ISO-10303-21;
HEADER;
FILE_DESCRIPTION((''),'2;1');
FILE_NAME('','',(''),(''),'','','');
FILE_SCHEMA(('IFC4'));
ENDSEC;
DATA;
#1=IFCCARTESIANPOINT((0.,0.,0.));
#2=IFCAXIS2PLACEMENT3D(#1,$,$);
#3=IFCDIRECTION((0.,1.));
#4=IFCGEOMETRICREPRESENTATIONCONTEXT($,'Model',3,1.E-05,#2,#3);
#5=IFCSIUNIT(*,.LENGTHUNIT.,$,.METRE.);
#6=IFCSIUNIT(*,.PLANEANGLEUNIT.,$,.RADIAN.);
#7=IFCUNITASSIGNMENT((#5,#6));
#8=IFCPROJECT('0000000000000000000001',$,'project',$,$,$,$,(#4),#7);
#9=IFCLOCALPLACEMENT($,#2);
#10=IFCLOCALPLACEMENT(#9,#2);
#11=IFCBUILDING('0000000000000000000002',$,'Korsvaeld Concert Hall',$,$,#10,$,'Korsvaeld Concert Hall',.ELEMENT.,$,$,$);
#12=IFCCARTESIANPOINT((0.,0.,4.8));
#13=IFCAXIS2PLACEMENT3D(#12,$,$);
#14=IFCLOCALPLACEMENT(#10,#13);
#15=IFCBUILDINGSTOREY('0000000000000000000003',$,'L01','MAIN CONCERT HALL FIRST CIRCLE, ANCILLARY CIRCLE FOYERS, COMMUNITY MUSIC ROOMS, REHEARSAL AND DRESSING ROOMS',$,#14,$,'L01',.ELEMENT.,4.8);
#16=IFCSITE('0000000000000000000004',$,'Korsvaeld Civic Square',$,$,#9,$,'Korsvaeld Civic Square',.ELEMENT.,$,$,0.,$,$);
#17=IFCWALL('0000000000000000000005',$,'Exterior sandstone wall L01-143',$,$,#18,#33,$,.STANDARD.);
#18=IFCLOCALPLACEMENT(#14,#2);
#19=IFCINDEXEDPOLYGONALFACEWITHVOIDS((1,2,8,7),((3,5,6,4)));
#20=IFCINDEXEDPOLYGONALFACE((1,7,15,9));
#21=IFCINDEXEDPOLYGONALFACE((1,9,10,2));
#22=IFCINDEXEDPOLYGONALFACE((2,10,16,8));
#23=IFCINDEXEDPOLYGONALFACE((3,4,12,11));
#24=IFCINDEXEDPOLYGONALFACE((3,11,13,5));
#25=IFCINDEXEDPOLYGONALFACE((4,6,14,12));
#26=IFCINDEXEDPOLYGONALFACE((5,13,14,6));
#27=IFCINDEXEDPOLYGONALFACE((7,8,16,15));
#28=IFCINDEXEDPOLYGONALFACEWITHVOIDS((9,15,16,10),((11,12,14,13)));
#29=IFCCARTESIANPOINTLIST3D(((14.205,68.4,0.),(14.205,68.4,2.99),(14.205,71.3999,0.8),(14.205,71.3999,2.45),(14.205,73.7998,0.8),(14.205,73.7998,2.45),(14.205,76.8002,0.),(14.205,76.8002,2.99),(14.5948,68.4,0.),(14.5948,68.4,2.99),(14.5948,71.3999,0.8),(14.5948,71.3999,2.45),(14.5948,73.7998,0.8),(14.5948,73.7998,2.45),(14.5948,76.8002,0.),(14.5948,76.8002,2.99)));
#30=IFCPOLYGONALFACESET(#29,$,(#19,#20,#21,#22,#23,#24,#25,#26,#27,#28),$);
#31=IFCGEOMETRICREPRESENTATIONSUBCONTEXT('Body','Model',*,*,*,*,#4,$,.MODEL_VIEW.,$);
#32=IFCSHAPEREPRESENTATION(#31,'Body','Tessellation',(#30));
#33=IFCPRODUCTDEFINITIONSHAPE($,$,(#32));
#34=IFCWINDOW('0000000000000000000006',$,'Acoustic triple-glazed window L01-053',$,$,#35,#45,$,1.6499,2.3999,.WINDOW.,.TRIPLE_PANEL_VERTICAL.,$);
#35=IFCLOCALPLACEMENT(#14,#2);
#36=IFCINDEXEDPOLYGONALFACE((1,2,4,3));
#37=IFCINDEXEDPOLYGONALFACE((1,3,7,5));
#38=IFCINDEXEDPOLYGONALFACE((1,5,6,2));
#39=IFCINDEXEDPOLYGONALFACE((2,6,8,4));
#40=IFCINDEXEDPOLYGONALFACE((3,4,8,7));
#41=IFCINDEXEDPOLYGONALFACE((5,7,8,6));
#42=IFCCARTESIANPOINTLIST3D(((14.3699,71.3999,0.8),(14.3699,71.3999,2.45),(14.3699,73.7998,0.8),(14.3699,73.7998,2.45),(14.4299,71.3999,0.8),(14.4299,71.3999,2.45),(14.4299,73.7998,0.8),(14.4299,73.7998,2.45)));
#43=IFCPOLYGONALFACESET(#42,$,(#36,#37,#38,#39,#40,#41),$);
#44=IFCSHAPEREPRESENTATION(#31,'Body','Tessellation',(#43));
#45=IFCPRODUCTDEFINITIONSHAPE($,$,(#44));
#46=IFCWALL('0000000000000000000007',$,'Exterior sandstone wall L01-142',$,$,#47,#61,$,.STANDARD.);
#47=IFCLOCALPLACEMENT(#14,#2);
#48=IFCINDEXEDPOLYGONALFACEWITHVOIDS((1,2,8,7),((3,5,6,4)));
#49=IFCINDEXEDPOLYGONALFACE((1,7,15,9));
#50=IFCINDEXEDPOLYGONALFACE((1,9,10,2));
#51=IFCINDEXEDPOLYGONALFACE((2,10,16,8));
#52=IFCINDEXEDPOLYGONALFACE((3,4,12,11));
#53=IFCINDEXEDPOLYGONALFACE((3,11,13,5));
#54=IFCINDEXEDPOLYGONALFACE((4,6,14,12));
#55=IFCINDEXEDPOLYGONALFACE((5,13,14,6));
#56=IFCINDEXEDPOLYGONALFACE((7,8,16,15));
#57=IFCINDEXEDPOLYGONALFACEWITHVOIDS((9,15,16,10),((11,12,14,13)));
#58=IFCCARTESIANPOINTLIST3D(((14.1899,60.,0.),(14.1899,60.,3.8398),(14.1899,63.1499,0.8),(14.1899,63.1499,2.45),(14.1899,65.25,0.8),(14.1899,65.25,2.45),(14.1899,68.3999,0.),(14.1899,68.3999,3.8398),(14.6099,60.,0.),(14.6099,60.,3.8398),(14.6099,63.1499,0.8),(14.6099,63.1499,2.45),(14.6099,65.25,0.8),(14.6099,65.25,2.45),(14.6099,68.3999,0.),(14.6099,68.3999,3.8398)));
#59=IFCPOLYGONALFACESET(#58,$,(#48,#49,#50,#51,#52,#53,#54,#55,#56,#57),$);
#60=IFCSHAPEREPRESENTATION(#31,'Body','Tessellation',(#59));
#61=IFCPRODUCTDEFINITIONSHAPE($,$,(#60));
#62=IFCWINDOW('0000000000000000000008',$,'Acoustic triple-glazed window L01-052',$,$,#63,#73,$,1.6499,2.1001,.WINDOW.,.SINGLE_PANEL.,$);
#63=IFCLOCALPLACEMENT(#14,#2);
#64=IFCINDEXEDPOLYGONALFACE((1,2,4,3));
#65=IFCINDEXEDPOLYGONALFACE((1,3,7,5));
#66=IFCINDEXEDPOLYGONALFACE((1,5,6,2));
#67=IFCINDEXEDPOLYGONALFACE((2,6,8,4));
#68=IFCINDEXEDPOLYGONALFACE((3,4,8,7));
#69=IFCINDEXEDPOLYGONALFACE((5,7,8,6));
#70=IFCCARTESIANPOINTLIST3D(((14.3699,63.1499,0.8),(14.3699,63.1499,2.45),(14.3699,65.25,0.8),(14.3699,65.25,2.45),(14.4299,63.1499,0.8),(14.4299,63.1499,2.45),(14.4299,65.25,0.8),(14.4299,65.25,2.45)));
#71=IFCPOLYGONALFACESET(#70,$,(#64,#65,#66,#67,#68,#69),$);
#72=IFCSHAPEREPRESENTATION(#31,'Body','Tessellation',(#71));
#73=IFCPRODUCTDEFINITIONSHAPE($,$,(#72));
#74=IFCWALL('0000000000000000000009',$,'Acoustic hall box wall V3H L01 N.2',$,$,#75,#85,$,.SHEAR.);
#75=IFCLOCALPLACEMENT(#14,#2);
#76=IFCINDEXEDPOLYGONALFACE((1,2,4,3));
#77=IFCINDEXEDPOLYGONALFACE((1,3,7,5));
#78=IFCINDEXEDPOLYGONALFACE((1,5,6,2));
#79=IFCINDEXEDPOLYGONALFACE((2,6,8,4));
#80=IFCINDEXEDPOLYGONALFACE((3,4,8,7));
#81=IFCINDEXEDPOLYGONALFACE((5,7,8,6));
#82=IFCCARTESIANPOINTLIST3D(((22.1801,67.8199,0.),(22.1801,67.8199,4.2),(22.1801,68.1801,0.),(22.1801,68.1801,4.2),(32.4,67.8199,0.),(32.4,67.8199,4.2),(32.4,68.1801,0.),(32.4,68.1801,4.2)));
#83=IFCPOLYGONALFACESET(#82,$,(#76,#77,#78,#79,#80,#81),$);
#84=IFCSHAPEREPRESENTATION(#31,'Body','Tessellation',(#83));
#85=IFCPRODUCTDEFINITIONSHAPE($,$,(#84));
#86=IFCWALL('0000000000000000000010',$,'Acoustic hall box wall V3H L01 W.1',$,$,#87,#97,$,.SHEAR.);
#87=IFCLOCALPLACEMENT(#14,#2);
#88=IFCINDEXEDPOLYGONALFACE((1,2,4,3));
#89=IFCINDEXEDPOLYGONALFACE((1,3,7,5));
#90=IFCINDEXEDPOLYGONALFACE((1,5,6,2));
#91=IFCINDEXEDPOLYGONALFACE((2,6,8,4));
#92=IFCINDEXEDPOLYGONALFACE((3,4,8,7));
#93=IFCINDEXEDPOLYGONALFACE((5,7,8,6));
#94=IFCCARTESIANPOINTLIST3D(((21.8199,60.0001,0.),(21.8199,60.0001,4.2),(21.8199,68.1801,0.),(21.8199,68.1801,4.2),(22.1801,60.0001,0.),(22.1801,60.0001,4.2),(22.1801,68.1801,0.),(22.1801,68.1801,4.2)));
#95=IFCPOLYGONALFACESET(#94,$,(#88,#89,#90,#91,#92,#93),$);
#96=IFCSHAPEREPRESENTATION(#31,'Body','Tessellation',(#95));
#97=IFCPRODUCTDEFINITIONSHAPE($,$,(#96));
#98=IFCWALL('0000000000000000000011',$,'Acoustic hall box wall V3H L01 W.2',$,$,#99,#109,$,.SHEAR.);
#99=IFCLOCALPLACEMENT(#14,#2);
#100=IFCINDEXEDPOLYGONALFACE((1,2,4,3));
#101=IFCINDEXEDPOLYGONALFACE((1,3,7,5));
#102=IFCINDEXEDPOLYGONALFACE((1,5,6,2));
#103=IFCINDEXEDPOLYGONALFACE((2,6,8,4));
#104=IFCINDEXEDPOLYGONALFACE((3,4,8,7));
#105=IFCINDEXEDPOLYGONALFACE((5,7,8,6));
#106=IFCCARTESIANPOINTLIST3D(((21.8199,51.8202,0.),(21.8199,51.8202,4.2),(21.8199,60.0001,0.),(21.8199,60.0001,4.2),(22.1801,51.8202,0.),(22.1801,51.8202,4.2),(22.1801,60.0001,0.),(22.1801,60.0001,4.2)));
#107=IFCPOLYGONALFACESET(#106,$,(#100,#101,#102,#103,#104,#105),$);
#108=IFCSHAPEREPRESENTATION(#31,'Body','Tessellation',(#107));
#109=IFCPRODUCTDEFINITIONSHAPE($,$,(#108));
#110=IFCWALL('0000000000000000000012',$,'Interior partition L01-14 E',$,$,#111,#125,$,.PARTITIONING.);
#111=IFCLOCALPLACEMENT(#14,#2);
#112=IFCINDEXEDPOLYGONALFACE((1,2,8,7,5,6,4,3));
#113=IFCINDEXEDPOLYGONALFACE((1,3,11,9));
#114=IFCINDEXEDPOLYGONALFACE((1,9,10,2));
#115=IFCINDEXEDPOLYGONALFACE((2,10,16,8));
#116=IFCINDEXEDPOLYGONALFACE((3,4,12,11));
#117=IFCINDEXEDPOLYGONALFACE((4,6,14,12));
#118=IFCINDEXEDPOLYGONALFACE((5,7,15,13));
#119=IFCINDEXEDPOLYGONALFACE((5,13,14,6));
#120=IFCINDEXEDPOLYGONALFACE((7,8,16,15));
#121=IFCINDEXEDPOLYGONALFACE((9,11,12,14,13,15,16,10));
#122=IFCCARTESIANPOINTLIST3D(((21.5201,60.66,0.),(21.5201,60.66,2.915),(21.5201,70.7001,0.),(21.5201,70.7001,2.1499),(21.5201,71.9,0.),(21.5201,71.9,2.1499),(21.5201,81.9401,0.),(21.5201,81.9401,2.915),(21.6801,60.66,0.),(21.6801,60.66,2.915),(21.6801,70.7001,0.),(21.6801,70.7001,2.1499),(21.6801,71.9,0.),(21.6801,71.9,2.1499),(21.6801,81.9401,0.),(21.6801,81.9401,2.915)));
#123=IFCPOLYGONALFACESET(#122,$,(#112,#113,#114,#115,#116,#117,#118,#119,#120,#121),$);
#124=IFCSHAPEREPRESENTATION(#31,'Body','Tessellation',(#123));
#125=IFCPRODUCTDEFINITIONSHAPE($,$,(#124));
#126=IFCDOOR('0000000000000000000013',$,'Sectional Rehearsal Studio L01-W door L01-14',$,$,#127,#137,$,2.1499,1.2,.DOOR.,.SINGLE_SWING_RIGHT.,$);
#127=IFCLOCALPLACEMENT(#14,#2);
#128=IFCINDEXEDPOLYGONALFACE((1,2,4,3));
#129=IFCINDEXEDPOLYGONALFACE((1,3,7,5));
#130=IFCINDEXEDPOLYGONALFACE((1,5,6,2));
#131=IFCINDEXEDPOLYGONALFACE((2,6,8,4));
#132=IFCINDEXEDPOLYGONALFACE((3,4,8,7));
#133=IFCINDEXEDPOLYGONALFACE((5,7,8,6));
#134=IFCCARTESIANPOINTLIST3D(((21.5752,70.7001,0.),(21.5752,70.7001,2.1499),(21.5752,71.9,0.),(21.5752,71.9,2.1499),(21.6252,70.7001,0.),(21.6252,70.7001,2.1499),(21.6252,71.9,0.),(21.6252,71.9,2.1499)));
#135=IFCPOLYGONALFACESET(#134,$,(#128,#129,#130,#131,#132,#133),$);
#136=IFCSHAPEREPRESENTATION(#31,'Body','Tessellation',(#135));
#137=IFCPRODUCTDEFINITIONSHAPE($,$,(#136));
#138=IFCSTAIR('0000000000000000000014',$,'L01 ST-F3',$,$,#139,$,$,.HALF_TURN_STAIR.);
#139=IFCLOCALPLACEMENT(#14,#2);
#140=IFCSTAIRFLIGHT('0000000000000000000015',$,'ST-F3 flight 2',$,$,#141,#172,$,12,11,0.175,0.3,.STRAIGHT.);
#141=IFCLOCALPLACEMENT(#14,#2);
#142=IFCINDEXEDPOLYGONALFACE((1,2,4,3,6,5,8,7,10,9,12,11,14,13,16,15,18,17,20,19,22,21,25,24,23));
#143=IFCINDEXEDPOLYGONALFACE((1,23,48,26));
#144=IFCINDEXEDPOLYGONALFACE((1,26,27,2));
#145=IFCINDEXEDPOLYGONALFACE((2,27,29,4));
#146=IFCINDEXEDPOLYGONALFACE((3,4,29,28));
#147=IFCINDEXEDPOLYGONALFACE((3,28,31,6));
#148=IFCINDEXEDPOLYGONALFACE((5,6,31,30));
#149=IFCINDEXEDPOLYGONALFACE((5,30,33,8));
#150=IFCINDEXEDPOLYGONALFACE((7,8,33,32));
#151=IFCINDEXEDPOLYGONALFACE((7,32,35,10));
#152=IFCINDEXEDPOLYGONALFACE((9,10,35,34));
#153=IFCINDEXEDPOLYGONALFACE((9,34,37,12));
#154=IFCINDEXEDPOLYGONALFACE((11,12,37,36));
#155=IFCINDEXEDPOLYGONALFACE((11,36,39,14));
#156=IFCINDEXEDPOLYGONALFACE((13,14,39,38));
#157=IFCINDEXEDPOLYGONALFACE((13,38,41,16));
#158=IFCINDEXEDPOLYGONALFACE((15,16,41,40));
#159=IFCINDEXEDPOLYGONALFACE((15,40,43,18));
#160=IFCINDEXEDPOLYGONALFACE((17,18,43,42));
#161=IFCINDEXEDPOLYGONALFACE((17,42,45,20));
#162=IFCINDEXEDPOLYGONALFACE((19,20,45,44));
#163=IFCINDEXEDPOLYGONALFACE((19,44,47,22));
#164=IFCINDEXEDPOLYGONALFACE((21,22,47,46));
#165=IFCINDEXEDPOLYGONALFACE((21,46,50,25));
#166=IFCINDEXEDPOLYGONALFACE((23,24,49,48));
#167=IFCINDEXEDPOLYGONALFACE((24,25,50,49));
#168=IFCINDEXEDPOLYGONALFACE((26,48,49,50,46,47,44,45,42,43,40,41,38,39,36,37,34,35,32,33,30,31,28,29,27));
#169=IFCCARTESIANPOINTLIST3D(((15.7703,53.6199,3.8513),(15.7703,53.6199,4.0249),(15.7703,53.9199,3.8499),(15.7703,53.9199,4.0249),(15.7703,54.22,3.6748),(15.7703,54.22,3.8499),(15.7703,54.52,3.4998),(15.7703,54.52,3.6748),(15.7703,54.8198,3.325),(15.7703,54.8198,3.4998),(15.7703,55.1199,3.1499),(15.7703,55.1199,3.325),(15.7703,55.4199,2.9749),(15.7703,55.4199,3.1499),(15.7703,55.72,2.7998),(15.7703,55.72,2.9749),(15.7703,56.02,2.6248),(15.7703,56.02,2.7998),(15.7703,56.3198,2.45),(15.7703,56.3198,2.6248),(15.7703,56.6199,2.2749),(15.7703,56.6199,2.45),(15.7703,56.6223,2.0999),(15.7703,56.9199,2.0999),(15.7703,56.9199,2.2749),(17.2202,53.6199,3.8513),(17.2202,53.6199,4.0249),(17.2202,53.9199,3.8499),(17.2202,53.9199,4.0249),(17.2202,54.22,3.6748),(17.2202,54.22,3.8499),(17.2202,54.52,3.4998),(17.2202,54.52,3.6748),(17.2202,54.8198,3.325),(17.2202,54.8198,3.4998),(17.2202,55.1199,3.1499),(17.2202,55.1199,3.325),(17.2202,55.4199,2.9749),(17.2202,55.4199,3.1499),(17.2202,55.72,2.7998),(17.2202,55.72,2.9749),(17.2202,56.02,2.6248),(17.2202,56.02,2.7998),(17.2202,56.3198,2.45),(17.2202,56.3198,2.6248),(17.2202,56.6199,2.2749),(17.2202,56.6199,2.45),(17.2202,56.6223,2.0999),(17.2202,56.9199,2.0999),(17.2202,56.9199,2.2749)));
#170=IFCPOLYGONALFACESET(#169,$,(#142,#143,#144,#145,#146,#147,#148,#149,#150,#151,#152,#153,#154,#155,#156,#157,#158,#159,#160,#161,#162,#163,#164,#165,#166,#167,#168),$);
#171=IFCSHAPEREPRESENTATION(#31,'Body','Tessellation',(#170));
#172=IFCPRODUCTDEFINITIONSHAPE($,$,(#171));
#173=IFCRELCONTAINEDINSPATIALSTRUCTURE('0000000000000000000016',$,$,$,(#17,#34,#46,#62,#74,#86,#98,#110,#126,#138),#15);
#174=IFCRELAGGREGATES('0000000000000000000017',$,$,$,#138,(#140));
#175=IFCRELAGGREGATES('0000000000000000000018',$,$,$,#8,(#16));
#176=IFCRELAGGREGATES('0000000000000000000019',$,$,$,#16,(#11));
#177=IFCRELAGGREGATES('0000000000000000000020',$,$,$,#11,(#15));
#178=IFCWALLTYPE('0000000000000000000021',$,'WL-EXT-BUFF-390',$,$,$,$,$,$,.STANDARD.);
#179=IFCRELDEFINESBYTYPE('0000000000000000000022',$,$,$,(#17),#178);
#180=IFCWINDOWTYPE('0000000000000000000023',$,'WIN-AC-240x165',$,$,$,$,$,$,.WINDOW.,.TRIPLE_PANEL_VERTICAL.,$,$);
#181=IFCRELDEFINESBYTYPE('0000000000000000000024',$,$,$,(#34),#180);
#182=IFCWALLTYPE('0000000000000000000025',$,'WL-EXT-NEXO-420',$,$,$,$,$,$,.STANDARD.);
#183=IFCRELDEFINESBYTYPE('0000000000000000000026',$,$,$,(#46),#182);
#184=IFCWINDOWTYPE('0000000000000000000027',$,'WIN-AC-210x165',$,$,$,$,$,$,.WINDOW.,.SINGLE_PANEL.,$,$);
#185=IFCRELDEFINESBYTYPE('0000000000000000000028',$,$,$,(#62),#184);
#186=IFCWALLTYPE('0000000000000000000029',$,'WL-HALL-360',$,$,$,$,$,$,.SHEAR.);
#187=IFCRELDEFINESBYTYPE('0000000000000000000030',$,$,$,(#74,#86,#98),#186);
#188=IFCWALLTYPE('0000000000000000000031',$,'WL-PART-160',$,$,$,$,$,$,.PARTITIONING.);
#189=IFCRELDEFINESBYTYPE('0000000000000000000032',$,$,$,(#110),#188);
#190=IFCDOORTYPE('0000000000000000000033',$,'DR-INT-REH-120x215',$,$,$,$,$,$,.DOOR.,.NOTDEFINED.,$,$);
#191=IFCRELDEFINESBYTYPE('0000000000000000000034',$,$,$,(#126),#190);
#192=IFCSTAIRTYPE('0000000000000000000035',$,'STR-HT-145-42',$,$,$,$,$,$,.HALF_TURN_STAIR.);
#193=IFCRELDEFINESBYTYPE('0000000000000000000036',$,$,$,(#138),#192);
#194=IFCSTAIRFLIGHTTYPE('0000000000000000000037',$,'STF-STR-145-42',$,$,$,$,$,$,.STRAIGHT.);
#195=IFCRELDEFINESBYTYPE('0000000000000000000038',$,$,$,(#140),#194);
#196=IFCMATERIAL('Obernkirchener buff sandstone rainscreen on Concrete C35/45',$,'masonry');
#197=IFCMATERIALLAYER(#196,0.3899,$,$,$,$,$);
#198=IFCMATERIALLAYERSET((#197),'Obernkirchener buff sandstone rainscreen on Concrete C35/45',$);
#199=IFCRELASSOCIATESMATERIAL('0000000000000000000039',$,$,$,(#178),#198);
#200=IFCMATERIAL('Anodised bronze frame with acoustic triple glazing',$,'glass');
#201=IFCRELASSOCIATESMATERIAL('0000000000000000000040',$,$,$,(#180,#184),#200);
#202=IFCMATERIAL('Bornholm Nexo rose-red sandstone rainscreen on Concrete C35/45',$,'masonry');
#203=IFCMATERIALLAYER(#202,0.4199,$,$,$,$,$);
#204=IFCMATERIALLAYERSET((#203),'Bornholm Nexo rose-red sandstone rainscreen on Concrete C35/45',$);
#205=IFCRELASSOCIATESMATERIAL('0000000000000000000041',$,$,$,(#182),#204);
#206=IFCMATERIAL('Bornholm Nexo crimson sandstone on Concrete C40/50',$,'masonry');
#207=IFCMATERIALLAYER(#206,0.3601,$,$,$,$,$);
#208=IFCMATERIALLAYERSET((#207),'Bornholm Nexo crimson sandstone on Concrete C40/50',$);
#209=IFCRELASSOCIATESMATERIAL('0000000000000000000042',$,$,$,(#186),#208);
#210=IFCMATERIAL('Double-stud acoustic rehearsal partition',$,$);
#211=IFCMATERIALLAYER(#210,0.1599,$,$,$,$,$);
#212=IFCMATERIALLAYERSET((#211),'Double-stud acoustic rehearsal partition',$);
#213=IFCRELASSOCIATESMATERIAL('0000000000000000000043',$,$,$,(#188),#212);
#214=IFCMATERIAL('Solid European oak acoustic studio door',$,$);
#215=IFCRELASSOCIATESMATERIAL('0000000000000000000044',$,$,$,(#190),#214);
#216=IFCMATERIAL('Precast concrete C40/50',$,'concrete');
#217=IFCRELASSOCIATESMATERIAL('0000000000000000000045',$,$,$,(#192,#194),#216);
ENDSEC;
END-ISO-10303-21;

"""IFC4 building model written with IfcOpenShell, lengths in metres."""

from ifc_helpers import new_model, si_unit, direction, frame, frame_2d, origin, place, context, subcontext, project, spatial, polyline, rectangle, outline, extrude, material, layer, layer_set, type_object, element, fill, aggregate, save


model = new_model("IFC4")

# Units and contexts
model_context = context("Model", 3, precision=1e-05, world=origin(), true_north=direction((0.0, 1.0)))
body_context = subcontext(model_context, "Body", "Model", "MODEL_VIEW")
ifc_project = project(units=[si_unit("LENGTHUNIT", "METRE"), si_unit("PLANEANGLEUNIT", "RADIAN")], contexts=[model_context])

# Site, building, storey
site_placement = place(None, origin())
site = spatial("IfcSite", under=ifc_project, at=site_placement, Name="Korsvaeld Civic Square", LongName="Korsvaeld Civic Square", CompositionType="ELEMENT", RefElevation=0.0)
building_placement = place(site_placement, origin())
building = spatial("IfcBuilding", under=site, at=building_placement, Name="Korsvaeld Concert Hall", LongName="Korsvaeld Concert Hall", CompositionType="ELEMENT")
storey_placement = place(building_placement, frame((0.0, 0.0, 4.8)))
storey = spatial("IfcBuildingStorey", under=building, at=storey_placement, Name="L01", Description="MAIN CONCERT HALL FIRST CIRCLE, ANCILLARY CIRCLE FOYERS, COMMUNITY MUSIC ROOMS, REHEARSAL AND DRESSING ROOMS", LongName="L01", CompositionType="ELEMENT", Elevation=4.8)

# Walls, openings, windows
ifc_material_1 = material(Name="Obernkirchener buff sandstone rainscreen on Concrete C35/45", Category="masonry")
ifc_layer_1 = layer(ifc_material_1, 0.3899)
ifc_layer_set_1 = layer_set([ifc_layer_1], Name="Obernkirchener buff sandstone rainscreen on Concrete C35/45")
wall_type_1 = type_object("IfcWallType", Name="WL-EXT-BUFF-390", PredefinedType="STANDARD", material=ifc_layer_set_1)
wall_1_placement = place(storey_placement, frame((14.3999, 68.3999, 0.0), z_axis=(0.0, 0.0, 1.0), x_axis=(0.0, 1.0, 0.0)))
wall_1 = element("IfcWall", 1, at=wall_1_placement, inside=storey, type_object=wall_type_1, Name="Exterior sandstone wall L01-143", PredefinedType="STANDARD", context=body_context, shape_type="SweptSolid", body=[
    extrude(rectangle(XDim=8.4001, YDim=0.3899, at=frame_2d((4.2002, 0.0))), origin(), (0.0, 0.0, 1.0), 2.99),
])
opening_1_placement = place(wall_1_placement, frame((3.0, 0.0, 0.8)))
opening_1 = element("IfcOpeningElement", 2, at=opening_1_placement, cuts=wall_1, PredefinedType="OPENING", context=body_context, shape_type="SweptSolid", body=[
    extrude(rectangle(XDim=2.3999, YDim=1.6499, at=frame_2d((1.2, 0.825))), frame((0.0, 0.2051, 0.0), z_axis=(0.0, -1.0, 0.0), x_axis=(1.0, 0.0, 0.0)), (0.0, 0.0, 1.0), 0.4099),
])
ifc_material_2 = material(Name="Anodised bronze frame with acoustic triple glazing", Category="glass")
window_type_1 = type_object("IfcWindowType", Name="WIN-AC-240x165", PartitioningType="TRIPLE_PANEL_VERTICAL", PredefinedType="WINDOW", material=ifc_material_2)
window_1_placement = place(opening_1_placement, origin())
window_1 = element("IfcWindow", 3, at=window_1_placement, inside=storey, type_object=window_type_1, Name="Acoustic triple-glazed window L01-053", OverallHeight=1.6499, OverallWidth=2.3999, PartitioningType="TRIPLE_PANEL_VERTICAL", PredefinedType="WINDOW", context=body_context, shape_type="SweptSolid", body=[
    extrude(rectangle(XDim=2.3999, YDim=1.6499, at=frame_2d((1.2, 0.825))), frame((0.0, 0.03, 0.0), z_axis=(0.0, -1.0, 0.0), x_axis=(1.0, 0.0, 0.0)), (0.0, 0.0, 1.0), 0.0601),
])
fill(opening_1, window_1)
ifc_material_3 = material(Name="Bornholm Nexo rose-red sandstone rainscreen on Concrete C35/45", Category="masonry")
ifc_layer_2 = layer(ifc_material_3, 0.4199)
ifc_layer_set_2 = layer_set([ifc_layer_2], Name="Bornholm Nexo rose-red sandstone rainscreen on Concrete C35/45")
wall_type_2 = type_object("IfcWallType", Name="WL-EXT-NEXO-420", PredefinedType="STANDARD", material=ifc_layer_set_2)
wall_2_placement = place(storey_placement, frame((14.3999, 60.0, 0.0), z_axis=(0.0, 0.0, 1.0), x_axis=(0.0, 1.0, 0.0)))
wall_2 = element("IfcWall", 4, at=wall_2_placement, inside=storey, type_object=wall_type_2, Name="Exterior sandstone wall L01-142", PredefinedType="STANDARD", context=body_context, shape_type="SweptSolid", body=[
    extrude(rectangle(XDim=8.3999, YDim=0.4199, at=frame_2d((4.2, 0.0))), origin(), (0.0, 0.0, 1.0), 3.8398),
])
opening_2_placement = place(wall_2_placement, frame((3.1499, 0.0, 0.8)))
opening_2 = element("IfcOpeningElement", 5, at=opening_2_placement, cuts=wall_2, PredefinedType="OPENING", context=body_context, shape_type="SweptSolid", body=[
    extrude(rectangle(XDim=2.1001, YDim=1.6499, at=frame_2d((1.05, 0.825))), frame((0.0, 0.22, 0.0), z_axis=(0.0, -1.0, 0.0), x_axis=(1.0, 0.0, 0.0)), (0.0, 0.0, 1.0), 0.4399),
])
window_type_2 = type_object("IfcWindowType", Name="WIN-AC-210x165", PartitioningType="SINGLE_PANEL", PredefinedType="WINDOW", material=ifc_material_2)
window_2_placement = place(opening_2_placement, origin())
window_2 = element("IfcWindow", 6, at=window_2_placement, inside=storey, type_object=window_type_2, Name="Acoustic triple-glazed window L01-052", OverallHeight=1.6499, OverallWidth=2.1001, PartitioningType="SINGLE_PANEL", PredefinedType="WINDOW", context=body_context, shape_type="SweptSolid", body=[
    extrude(rectangle(XDim=2.1001, YDim=1.6499, at=frame_2d((1.05, 0.825))), frame((0.0, 0.03, 0.0), z_axis=(0.0, -1.0, 0.0), x_axis=(1.0, 0.0, 0.0)), (0.0, 0.0, 1.0), 0.0601),
])
fill(opening_2, window_2)

# Walls
ifc_material_4 = material(Name="Bornholm Nexo crimson sandstone on Concrete C40/50", Category="masonry")
ifc_layer_3 = layer(ifc_material_4, 0.3601)
ifc_layer_set_3 = layer_set([ifc_layer_3], Name="Bornholm Nexo crimson sandstone on Concrete C40/50")
wall_type_3 = type_object("IfcWallType", Name="WL-HALL-360", PredefinedType="SHEAR", material=ifc_layer_set_3)
wall_3_placement = place(storey_placement, frame((32.3999, 68.0, 0.0), z_axis=(0.0, 0.0, 1.0), x_axis=(-1.0, 0.0, 0.0)))
element("IfcWall", 7, at=wall_3_placement, inside=storey, type_object=wall_type_3, Name="Acoustic hall box wall V3H L01 N.2", PredefinedType="SHEAR", context=body_context, shape_type="SweptSolid", body=[
    extrude(rectangle(XDim=10.22, YDim=0.3601, at=frame_2d((5.1099, 0.0))), origin(), (0.0, 0.0, 1.0), 4.2),
])
for number, where, z_axis, x_axis, name in (
    (8, (22.0, 68.1799, 0.0), (0.0, 0.0, 1.0), (0.0, -1.0, 0.0), "Acoustic hall box wall V3H L01 W.1"),
    (9, (22.0, 60.0, 0.0), (0.0, 0.0, 1.0), (0.0, -1.0, 0.0), "Acoustic hall box wall V3H L01 W.2"),
):
    element("IfcWall", number, at=place(storey_placement, frame(where, z_axis=z_axis, x_axis=x_axis)), inside=storey, type_object=wall_type_3, Name=name, PredefinedType="SHEAR", context=body_context, shape_type="SweptSolid", body=[
        extrude(rectangle(XDim=8.1799, YDim=0.3601, at=frame_2d((4.0898, 0.0))), origin(), (0.0, 0.0, 1.0), 4.2),
    ])

# Wall, opening, door
ifc_material_5 = material(Name="Double-stud acoustic rehearsal partition")
ifc_layer_4 = layer(ifc_material_5, 0.1599)
ifc_layer_set_4 = layer_set([ifc_layer_4], Name="Double-stud acoustic rehearsal partition")
wall_type_4 = type_object("IfcWallType", Name="WL-PART-160", PredefinedType="PARTITIONING", material=ifc_layer_set_4)
wall_4_placement = place(storey_placement, frame((21.6001, 60.6599, 0.0), z_axis=(0.0, 0.0, 1.0), x_axis=(0.0, 1.0, 0.0)))
wall_4 = element("IfcWall", 10, at=wall_4_placement, inside=storey, type_object=wall_type_4, Name="Interior partition L01-14 E", PredefinedType="PARTITIONING", context=body_context, shape_type="SweptSolid", body=[
    extrude(rectangle(XDim=21.28, YDim=0.1599, at=frame_2d((10.6401, 0.0))), origin(), (0.0, 0.0, 1.0), 2.915),
])
opening_3_placement = place(wall_4_placement, frame((10.04, 0.0, 0.0)))
opening_3 = element("IfcOpeningElement", 11, at=opening_3_placement, cuts=wall_4, PredefinedType="OPENING", context=body_context, shape_type="SweptSolid", body=[
    extrude(rectangle(XDim=1.2, YDim=2.1499, at=frame_2d((0.6001, 1.075))), frame((0.0, 0.0898, 0.0), z_axis=(0.0, -1.0, 0.0), x_axis=(1.0, 0.0, 0.0)), (0.0, 0.0, 1.0), 0.1799),
])
ifc_material_6 = material(Name="Solid European oak acoustic studio door")
door_type = type_object("IfcDoorType", Name="DR-INT-REH-120x215", OperationType="NOTDEFINED", PredefinedType="DOOR", material=ifc_material_6)
door_placement = place(opening_3_placement, origin())
door = element("IfcDoor", 12, at=door_placement, inside=storey, type_object=door_type, Name="Sectional Rehearsal Studio L01-W door L01-14", OperationType="SINGLE_SWING_RIGHT", OverallHeight=2.1499, OverallWidth=1.2, PredefinedType="DOOR", context=body_context, shape_type="SweptSolid", body=[
    extrude(rectangle(XDim=1.2, YDim=2.1499, at=frame_2d((0.6001, 1.075))), frame((0.0, 0.0249, 0.0), z_axis=(0.0, -1.0, 0.0), x_axis=(1.0, 0.0, 0.0)), (0.0, 0.0, 1.0), 0.05),
])
fill(opening_3, door)

# Stair, stair flight
ifc_material_7 = material(Name="Precast concrete C40/50", Category="concrete")
stair_type = type_object("IfcStairType", Name="STR-HT-145-42", PredefinedType="HALF_TURN_STAIR", material=ifc_material_7)
stair_placement = place(storey_placement, origin())
stair = element("IfcStair", 13, at=stair_placement, inside=storey, type_object=stair_type, Name="L01 ST-F3", PredefinedType="HALF_TURN_STAIR")
stair_flight_type = type_object("IfcStairFlightType", Name="STF-STR-145-42", PredefinedType="STRAIGHT", material=ifc_material_7)
stair_flight_placement = place(storey_placement, frame((16.4951, 56.9199, 2.0999), z_axis=(0.0, 0.0, 1.0), x_axis=(0.0, -1.0, 0.0)))
stair_flight = element("IfcStairFlight", 14, at=stair_flight_placement, type_object=stair_flight_type, Name="ST-F3 flight 2", NumberOfRisers=12, NumberOfTreads=11, PredefinedType="STRAIGHT", RiserHeight=0.175, TreadLength=0.3, context=body_context, shape_type="SweptSolid", body=[
    extrude(outline(polyline([(0.0, 0.0), (0.0, 0.175), (0.3, 0.175), (0.3, 0.3501), (0.6001, 0.3501), (0.6001, 0.5249), (0.8999, 0.5249), (0.8999, 0.7), (1.2, 0.7), (1.2, 0.875), (1.5, 0.875), (1.5, 1.05), (1.8, 1.05), (1.8, 1.2251), (2.1001, 1.2251), (2.1001, 1.3999), (2.3999, 1.3999), (2.3999, 1.575), (2.7, 1.575), (2.7, 1.75), (3.0, 1.75), (3.0, 1.925), (3.3, 1.925), (3.3, 2.1001), (3.3, 1.7515), (0.2976, 0.0), (0.0, 0.0)])), frame((0.0, 0.7251, 0.0), z_axis=(0.0, -1.0, 0.0), x_axis=(1.0, 0.0, 0.0)), (0.0, 0.0, 1.0), 1.45),
])
aggregate(stair, [stair_flight])

save(model, "model.ifc")
